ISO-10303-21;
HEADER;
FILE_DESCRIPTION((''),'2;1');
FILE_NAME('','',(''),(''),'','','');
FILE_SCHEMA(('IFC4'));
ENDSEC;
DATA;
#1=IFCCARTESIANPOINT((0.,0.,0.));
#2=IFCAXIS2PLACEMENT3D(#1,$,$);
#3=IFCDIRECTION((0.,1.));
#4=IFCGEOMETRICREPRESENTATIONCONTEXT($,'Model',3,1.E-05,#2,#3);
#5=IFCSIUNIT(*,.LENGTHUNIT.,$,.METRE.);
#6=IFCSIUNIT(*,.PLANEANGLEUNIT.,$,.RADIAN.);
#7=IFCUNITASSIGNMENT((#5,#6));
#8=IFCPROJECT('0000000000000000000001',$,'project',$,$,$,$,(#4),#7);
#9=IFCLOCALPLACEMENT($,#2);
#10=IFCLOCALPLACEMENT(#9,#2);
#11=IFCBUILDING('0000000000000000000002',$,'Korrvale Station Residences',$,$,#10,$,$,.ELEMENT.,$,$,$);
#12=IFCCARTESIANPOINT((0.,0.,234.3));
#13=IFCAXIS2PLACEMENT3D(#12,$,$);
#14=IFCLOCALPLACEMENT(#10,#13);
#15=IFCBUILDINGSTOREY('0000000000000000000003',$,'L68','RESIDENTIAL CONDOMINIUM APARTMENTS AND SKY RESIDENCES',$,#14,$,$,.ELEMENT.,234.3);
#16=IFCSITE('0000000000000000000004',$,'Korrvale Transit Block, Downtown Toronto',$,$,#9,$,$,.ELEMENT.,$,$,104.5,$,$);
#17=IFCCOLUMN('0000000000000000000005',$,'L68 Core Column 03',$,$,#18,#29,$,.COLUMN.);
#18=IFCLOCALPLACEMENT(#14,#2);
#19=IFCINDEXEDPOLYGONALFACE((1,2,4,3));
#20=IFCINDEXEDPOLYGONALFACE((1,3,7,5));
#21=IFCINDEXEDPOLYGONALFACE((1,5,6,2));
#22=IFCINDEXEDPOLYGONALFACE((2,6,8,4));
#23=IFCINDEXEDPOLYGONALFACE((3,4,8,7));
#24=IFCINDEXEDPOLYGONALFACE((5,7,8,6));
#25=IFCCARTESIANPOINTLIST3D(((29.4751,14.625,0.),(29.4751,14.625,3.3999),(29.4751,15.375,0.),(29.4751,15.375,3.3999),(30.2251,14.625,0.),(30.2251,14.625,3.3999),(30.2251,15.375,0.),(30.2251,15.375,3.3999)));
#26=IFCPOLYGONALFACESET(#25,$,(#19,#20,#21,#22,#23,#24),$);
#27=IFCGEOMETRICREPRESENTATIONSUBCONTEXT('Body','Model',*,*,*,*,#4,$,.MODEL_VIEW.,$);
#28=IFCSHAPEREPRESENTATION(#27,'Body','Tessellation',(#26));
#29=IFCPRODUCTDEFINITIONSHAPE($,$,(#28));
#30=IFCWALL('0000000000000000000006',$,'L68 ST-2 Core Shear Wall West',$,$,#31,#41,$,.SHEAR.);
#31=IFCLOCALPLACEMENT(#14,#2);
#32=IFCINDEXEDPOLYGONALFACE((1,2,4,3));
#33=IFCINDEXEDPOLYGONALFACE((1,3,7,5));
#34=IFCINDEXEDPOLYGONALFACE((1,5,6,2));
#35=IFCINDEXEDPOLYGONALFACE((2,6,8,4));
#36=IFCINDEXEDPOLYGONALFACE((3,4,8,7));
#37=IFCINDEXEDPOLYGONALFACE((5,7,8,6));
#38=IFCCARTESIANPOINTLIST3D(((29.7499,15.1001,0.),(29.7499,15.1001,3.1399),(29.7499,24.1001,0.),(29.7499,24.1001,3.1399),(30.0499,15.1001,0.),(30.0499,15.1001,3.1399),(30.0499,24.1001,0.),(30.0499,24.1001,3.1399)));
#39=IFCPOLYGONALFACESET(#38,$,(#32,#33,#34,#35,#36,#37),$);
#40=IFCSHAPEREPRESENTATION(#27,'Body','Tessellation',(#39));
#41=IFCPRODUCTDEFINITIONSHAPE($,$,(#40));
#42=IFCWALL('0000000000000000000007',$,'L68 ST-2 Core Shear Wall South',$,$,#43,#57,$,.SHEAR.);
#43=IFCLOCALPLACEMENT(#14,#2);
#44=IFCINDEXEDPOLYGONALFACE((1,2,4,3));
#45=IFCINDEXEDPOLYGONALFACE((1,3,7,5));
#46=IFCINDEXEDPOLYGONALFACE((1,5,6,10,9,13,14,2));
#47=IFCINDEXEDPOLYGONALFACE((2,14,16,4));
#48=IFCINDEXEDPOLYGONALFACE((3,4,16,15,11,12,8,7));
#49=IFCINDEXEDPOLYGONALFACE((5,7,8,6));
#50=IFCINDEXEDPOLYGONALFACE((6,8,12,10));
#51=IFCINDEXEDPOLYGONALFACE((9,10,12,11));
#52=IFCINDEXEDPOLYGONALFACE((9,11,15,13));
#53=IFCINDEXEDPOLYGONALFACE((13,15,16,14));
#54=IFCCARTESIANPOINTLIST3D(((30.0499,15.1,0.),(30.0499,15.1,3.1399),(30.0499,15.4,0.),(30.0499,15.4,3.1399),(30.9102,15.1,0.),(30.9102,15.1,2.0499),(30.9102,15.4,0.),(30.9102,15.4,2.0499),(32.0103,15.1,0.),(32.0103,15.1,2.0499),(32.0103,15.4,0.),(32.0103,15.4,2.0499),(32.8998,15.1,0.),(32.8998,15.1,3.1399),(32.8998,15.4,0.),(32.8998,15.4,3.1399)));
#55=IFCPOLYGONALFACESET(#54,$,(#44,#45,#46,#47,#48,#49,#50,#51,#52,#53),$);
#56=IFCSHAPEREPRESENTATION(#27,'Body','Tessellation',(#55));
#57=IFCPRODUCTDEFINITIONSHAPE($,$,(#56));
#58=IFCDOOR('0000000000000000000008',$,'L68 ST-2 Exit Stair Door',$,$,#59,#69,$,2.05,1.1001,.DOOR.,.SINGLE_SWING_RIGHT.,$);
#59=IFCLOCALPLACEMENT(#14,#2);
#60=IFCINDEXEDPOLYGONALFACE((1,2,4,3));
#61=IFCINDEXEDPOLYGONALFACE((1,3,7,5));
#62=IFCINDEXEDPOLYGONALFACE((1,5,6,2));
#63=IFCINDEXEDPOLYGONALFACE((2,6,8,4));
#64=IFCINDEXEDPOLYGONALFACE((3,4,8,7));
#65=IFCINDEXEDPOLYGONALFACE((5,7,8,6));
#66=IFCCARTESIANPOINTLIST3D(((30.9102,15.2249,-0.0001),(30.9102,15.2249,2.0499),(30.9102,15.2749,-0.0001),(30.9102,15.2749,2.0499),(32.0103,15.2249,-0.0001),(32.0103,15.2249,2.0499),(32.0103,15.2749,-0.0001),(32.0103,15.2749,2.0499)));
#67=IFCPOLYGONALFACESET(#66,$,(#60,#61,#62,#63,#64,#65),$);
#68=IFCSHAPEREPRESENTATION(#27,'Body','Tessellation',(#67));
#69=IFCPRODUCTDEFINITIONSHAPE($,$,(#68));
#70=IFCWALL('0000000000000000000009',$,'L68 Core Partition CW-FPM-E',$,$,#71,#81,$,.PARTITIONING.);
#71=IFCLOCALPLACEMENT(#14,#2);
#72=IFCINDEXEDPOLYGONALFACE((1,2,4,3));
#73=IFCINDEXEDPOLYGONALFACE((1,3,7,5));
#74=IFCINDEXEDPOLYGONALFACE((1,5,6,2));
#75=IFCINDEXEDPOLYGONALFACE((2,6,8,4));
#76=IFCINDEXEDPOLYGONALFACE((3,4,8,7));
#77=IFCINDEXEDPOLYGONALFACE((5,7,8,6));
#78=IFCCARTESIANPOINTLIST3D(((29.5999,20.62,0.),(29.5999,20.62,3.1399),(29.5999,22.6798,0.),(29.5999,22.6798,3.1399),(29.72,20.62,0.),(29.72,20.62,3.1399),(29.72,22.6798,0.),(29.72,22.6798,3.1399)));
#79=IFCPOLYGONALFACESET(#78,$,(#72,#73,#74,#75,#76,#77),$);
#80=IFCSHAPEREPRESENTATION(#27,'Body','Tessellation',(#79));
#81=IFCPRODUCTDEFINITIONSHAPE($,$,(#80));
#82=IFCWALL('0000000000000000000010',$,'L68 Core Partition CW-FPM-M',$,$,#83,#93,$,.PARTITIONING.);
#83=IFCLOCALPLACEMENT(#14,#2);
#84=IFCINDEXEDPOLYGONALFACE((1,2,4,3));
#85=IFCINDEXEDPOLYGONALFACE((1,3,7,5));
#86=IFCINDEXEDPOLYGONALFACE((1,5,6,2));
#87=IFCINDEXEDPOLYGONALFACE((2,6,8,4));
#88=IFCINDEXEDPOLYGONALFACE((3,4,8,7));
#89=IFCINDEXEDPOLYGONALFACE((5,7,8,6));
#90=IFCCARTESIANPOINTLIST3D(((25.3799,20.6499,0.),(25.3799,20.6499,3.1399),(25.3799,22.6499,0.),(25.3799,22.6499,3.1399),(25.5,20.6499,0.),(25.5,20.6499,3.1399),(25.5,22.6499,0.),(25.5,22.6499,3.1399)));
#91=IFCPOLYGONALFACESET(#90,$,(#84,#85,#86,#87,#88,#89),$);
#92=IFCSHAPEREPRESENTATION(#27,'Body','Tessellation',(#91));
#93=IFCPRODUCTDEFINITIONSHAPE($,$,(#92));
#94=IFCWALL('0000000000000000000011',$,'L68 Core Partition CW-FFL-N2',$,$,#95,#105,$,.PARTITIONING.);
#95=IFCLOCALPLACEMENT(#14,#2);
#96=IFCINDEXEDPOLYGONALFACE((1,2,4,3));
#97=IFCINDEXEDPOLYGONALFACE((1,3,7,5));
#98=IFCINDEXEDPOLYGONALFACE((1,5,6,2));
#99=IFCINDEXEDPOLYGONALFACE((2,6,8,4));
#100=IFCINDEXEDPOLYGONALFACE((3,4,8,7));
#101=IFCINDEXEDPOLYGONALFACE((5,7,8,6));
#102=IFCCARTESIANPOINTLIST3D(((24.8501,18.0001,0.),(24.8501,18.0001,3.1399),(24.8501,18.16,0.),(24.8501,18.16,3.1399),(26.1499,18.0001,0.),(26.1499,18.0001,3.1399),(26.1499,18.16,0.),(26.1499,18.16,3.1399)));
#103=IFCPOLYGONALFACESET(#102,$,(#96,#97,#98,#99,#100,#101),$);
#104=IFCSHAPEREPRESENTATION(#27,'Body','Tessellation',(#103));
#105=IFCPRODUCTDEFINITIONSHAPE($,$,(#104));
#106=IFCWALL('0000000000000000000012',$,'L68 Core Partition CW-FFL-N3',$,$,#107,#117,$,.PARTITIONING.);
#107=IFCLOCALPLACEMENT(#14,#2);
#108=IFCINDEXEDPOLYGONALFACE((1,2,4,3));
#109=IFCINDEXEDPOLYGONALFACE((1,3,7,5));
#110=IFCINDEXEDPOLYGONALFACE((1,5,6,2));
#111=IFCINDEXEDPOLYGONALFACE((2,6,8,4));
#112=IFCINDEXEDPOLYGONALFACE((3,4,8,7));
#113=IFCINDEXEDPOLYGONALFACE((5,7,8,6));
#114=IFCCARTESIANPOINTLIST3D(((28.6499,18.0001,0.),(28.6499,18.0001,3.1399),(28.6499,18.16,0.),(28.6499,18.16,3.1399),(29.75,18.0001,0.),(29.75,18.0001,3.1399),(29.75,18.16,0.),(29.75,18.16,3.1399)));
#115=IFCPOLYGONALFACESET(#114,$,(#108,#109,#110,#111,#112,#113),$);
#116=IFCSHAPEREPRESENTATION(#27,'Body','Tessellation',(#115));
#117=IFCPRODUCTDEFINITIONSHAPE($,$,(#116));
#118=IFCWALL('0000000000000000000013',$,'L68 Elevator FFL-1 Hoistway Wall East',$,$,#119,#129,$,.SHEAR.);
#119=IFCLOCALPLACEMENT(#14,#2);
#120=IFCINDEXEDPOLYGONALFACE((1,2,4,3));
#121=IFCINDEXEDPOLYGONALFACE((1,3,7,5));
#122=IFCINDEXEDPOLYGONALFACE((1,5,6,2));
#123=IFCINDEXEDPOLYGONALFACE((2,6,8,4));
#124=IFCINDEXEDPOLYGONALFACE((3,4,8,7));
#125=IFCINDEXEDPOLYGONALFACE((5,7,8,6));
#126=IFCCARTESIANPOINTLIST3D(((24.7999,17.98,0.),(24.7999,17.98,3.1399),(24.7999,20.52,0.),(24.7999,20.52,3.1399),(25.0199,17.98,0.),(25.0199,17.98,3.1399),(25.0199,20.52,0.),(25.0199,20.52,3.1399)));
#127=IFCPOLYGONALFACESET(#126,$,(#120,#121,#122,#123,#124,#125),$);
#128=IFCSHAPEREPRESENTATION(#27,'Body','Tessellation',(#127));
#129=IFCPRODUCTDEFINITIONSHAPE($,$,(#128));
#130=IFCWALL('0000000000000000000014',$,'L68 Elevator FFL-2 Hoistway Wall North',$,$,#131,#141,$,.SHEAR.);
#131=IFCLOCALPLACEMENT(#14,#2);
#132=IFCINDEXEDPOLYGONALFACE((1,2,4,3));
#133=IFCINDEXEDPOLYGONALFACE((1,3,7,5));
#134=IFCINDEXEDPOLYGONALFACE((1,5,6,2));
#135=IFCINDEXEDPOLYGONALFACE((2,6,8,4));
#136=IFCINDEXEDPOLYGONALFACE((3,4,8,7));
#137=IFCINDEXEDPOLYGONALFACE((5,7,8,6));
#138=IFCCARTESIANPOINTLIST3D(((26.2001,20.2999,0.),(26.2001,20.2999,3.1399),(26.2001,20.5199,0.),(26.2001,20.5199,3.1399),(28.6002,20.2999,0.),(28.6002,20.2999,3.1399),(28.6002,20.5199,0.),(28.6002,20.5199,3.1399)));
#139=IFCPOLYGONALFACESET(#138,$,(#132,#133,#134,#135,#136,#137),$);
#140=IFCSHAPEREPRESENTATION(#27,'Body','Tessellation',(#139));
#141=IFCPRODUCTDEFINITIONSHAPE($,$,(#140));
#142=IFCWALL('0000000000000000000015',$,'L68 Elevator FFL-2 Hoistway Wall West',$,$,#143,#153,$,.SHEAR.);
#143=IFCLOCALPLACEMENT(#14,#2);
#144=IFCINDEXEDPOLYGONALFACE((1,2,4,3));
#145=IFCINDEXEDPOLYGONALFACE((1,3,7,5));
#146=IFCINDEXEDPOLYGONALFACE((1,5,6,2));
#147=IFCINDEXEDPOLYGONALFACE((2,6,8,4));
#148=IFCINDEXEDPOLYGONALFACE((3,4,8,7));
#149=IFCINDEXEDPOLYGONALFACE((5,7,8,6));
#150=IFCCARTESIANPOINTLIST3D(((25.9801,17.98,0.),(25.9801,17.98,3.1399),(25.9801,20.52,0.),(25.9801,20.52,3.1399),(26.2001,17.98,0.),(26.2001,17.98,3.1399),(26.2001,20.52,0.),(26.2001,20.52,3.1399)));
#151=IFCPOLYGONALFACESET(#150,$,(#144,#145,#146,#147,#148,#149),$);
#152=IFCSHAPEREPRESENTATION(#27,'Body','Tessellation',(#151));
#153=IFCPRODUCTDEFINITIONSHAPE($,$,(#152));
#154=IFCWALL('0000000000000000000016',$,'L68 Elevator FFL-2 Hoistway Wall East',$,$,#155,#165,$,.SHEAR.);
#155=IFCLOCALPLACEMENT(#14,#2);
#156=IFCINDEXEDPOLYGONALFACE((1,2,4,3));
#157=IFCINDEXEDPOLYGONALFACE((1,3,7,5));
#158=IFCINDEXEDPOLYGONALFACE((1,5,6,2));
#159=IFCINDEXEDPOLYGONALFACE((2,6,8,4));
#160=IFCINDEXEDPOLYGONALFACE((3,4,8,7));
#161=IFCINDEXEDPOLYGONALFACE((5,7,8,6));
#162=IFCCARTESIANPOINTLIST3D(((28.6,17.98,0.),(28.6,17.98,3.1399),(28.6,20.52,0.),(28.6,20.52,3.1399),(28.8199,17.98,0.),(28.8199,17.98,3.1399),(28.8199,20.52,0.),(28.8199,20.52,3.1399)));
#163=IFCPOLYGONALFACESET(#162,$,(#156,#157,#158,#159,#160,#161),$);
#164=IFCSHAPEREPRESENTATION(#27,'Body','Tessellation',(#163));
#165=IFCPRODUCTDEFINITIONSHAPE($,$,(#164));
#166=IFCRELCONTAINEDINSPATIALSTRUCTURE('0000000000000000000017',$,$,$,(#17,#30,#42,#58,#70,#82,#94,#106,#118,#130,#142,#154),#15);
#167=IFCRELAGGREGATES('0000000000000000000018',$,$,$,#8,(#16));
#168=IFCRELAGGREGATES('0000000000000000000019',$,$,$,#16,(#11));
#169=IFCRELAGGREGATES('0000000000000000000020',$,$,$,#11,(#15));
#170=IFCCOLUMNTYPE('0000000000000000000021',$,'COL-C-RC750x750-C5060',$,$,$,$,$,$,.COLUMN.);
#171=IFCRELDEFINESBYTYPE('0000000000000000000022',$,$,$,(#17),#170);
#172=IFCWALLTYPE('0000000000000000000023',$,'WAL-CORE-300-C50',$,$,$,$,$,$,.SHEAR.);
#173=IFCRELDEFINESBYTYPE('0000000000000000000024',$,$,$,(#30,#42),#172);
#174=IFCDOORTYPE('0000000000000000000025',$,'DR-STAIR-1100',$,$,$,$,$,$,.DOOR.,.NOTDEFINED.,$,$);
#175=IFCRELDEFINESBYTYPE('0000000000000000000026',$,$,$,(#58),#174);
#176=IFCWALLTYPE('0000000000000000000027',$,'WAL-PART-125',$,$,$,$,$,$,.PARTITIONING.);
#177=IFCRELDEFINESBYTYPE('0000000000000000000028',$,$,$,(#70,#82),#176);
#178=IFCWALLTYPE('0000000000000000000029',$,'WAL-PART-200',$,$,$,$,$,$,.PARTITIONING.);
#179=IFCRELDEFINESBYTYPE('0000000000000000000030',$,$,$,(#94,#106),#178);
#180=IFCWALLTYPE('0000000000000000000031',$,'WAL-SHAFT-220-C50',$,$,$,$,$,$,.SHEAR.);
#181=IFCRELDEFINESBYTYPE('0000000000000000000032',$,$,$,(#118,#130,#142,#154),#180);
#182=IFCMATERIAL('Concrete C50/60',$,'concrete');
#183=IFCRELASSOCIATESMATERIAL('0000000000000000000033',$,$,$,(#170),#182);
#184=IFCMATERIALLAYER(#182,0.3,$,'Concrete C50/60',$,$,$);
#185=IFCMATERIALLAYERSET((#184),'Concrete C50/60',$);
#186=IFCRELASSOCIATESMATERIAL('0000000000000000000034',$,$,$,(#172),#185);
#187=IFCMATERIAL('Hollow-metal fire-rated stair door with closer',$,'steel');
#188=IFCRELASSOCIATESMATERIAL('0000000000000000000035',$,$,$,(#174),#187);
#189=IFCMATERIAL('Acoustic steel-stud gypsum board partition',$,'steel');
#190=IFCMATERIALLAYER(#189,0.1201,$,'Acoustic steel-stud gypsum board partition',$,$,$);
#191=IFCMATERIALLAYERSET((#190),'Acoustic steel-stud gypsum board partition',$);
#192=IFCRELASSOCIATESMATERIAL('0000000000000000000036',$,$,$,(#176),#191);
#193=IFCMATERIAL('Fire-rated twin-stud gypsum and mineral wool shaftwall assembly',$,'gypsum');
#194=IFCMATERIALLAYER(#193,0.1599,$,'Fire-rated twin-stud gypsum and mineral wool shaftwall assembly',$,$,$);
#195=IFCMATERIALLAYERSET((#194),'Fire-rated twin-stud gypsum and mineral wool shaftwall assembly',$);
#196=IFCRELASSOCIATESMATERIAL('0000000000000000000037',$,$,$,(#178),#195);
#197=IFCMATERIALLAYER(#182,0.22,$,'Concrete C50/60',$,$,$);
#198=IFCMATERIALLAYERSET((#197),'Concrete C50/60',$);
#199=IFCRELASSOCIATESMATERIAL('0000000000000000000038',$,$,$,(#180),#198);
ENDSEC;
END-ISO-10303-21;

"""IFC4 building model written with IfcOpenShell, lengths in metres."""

from ifc_helpers import new_model, si_unit, direction, frame, frame_2d, origin, origin_2d, place, context, subcontext, project, spatial, rectangle, extrude, material, layer, layer_set, material_profile, profile_set, type_object, element, fill, save


model = new_model("IFC4")

# Units and contexts
model_context = context("Model", 3, precision=1e-05, world=origin(), true_north=direction((0.0, 1.0)))
body_context = subcontext(model_context, "Body", "Model", "MODEL_VIEW")
ifc_project = project(units=[si_unit("LENGTHUNIT", "METRE"), si_unit("PLANEANGLEUNIT", "RADIAN")], contexts=[model_context])

# Site, building, storey
site_placement = place(None, origin())
site = spatial("IfcSite", under=ifc_project, at=site_placement, Name="Korrvale Transit Block, Downtown Toronto", CompositionType="ELEMENT", RefElevation=104.5)
building_placement = place(site_placement, origin())
building = spatial("IfcBuilding", under=site, at=building_placement, Name="Korrvale Station Residences", CompositionType="ELEMENT")
storey_placement = place(building_placement, frame((0.0, 0.0, 234.3)))
storey = spatial("IfcBuildingStorey", under=building, at=storey_placement, Name="L68", Description="RESIDENTIAL CONDOMINIUM APARTMENTS AND SKY RESIDENCES", CompositionType="ELEMENT", Elevation=234.3)

# Column
ifc_material_1 = material(Name="Concrete C50/60", Category="concrete")
ifc_material_profile = material_profile(ifc_material_1, rectangle(XDim=0.75, YDim=0.75, at=origin_2d()), Name="RC750x750")
ifc_profile_set = profile_set([ifc_material_profile], Name="Concrete C50/60")
column_type = type_object("IfcColumnType", Name="COL-C-RC750x750-C5060", PredefinedType="COLUMN", material=ifc_profile_set)
column_placement = place(storey_placement, frame((29.8501, 15.0, 0.0), z_axis=(0.0, 0.0, 1.0), x_axis=(1.0, 0.0, 0.0)))
element("IfcColumn", 1, at=column_placement, inside=storey, type_object=column_type, Name="L68 Core Column 03", PredefinedType="COLUMN", context=body_context, shape_type="SweptSolid", body=[
    extrude(rectangle(XDim=0.75, YDim=0.75, at=origin_2d()), origin(), (0.0, 0.0, 1.0), 3.3999),
])

# Wall
ifc_layer_1 = layer(ifc_material_1, 0.3, Name="Concrete C50/60")
ifc_layer_set_1 = layer_set([ifc_layer_1], Name="Concrete C50/60")
wall_type_1 = type_object("IfcWallType", Name="WAL-CORE-300-C50", PredefinedType="SHEAR", material=ifc_layer_set_1)
wall_1_placement = place(storey_placement, frame((29.8999, 15.1001, 0.0), z_axis=(0.0, 0.0, 1.0), x_axis=(0.0, 1.0, 0.0)))
element("IfcWall", 2, at=wall_1_placement, inside=storey, type_object=wall_type_1, Name="L68 ST-2 Core Shear Wall West", PredefinedType="SHEAR", context=body_context, shape_type="SweptSolid", body=[
    extrude(rectangle(XDim=9.0, YDim=0.3, at=frame_2d((4.5, 0.0))), origin(), (0.0, 0.0, 1.0), 3.1399),
])

# Wall, opening, door
wall_2_placement = place(storey_placement, frame((30.05, 15.25, 0.0), z_axis=(0.0, 0.0, 1.0), x_axis=(1.0, 0.0, 0.0)))
wall_2 = element("IfcWall", 3, at=wall_2_placement, inside=storey, type_object=wall_type_1, Name="L68 ST-2 Core Shear Wall South", PredefinedType="SHEAR", context=body_context, shape_type="SweptSolid", body=[
    extrude(rectangle(XDim=2.8499, YDim=0.3, at=frame_2d((1.4248, 0.0))), origin(), (0.0, 0.0, 1.0), 3.1399),
])
opening_1_placement = place(wall_2_placement, frame((0.8601, 0.0, 0.0)))
opening_1 = element("IfcOpeningElement", 4, at=opening_1_placement, cuts=wall_2, PredefinedType="OPENING", context=body_context, shape_type="SweptSolid", body=[
    extrude(rectangle(XDim=1.1001, YDim=2.05, at=frame_2d((0.55, 1.0249))), frame((0.0, 0.1602, 0.0), z_axis=(0.0, -1.0, 0.0), x_axis=(1.0, 0.0, 0.0)), (0.0, 0.0, 1.0), 0.3201),
])
ifc_material_2 = material(Name="Hollow-metal fire-rated stair door with closer", Category="steel")
door_type_1 = type_object("IfcDoorType", Name="DR-STAIR-1100", OperationType="NOTDEFINED", PredefinedType="DOOR", material=ifc_material_2)
door_1_placement = place(opening_1_placement, origin())
door_1 = element("IfcDoor", 5, at=door_1_placement, inside=storey, type_object=door_type_1, Name="L68 ST-2 Exit Stair Door", OperationType="SINGLE_SWING_RIGHT", OverallHeight=2.05, OverallWidth=1.1001, PredefinedType="DOOR", context=body_context, shape_type="SweptSolid", body=[
    extrude(rectangle(XDim=1.1001, YDim=2.05, at=frame_2d((0.55, 1.0249))), frame((0.0, 0.0249, 0.0), z_axis=(0.0, -1.0, 0.0), x_axis=(1.0, 0.0, 0.0)), (0.0, 0.0, 1.0), 0.05),
])
fill(opening_1, door_1)

# Walls
ifc_material_3 = material(Name="Acoustic steel-stud gypsum board partition", Category="steel")
ifc_layer_2 = layer(ifc_material_3, 0.1201, Name="Acoustic steel-stud gypsum board partition")
ifc_layer_set_2 = layer_set([ifc_layer_2], Name="Acoustic steel-stud gypsum board partition")
wall_type_2 = type_object("IfcWallType", Name="WAL-PART-125", PredefinedType="PARTITIONING", material=ifc_layer_set_2)
wall_3_placement = place(storey_placement, frame((29.6599, 20.6201, 0.0), z_axis=(0.0, 0.0, 1.0), x_axis=(0.0, 1.0, 0.0)))
element("IfcWall", 6, at=wall_3_placement, inside=storey, type_object=wall_type_2, Name="L68 Core Partition CW-FPM-E", PredefinedType="PARTITIONING", context=body_context, shape_type="SweptSolid", body=[
    extrude(rectangle(XDim=2.0598, YDim=0.1201, at=frame_2d((1.0298, 0.0))), origin(), (0.0, 0.0, 1.0), 3.1399),
])
wall_4_placement = place(storey_placement, frame((25.4399, 20.6499, 0.0), z_axis=(0.0, 0.0, 1.0), x_axis=(0.0, 1.0, 0.0)))
element("IfcWall", 7, at=wall_4_placement, inside=storey, type_object=wall_type_2, Name="L68 Core Partition CW-FPM-M", PredefinedType="PARTITIONING", context=body_context, shape_type="SweptSolid", body=[
    extrude(rectangle(XDim=2.0, YDim=0.1201, at=frame_2d((1.0, 0.0))), origin(), (0.0, 0.0, 1.0), 3.1399),
])
ifc_material_4 = material(Name="Fire-rated twin-stud gypsum and mineral wool shaftwall assembly", Category="gypsum")
ifc_layer_3 = layer(ifc_material_4, 0.1599, Name="Fire-rated twin-stud gypsum and mineral wool shaftwall assembly")
ifc_layer_set_3 = layer_set([ifc_layer_3], Name="Fire-rated twin-stud gypsum and mineral wool shaftwall assembly")
wall_type_3 = type_object("IfcWallType", Name="WAL-PART-200", PredefinedType="PARTITIONING", material=ifc_layer_set_3)
wall_5_placement = place(storey_placement, frame((24.8501, 18.0801, 0.0), z_axis=(0.0, 0.0, 1.0), x_axis=(1.0, 0.0, 0.0)))
element("IfcWall", 8, at=wall_5_placement, inside=storey, type_object=wall_type_3, Name="L68 Core Partition CW-FFL-N2", PredefinedType="PARTITIONING", context=body_context, shape_type="SweptSolid", body=[
    extrude(rectangle(XDim=1.2998, YDim=0.1599, at=frame_2d((0.6499, 0.0))), origin(), (0.0, 0.0, 1.0), 3.1399),
])
wall_6_placement = place(storey_placement, frame((28.6499, 18.0801, 0.0), z_axis=(0.0, 0.0, 1.0), x_axis=(1.0, 0.0, 0.0)))
element("IfcWall", 9, at=wall_6_placement, inside=storey, type_object=wall_type_3, Name="L68 Core Partition CW-FFL-N3", PredefinedType="PARTITIONING", context=body_context, shape_type="SweptSolid", body=[
    extrude(rectangle(XDim=1.1001, YDim=0.1599, at=frame_2d((0.55, 0.0))), origin(), (0.0, 0.0, 1.0), 3.1399),
])
ifc_layer_4 = layer(ifc_material_1, 0.22, Name="Concrete C50/60")
ifc_layer_set_4 = layer_set([ifc_layer_4], Name="Concrete C50/60")
wall_type_4 = type_object("IfcWallType", Name="WAL-SHAFT-220-C50", PredefinedType="SHEAR", material=ifc_layer_set_4)
wall_7_placement = place(storey_placement, frame((24.9099, 17.98, 0.0), z_axis=(0.0, 0.0, 1.0), x_axis=(0.0, 1.0, 0.0)))
element("IfcWall", 10, at=wall_7_placement, inside=storey, type_object=wall_type_4, Name="L68 Elevator FFL-1 Hoistway Wall East", PredefinedType="SHEAR", context=body_context, shape_type="SweptSolid", body=[
    extrude(rectangle(XDim=2.54, YDim=0.22, at=frame_2d((1.27, 0.0))), origin(), (0.0, 0.0, 1.0), 3.1399),
])

# Walls
wall_8_placement = place(storey_placement, frame((26.2, 20.4099, 0.0), z_axis=(0.0, 0.0, 1.0), x_axis=(1.0, 0.0, 0.0)))
element("IfcWall", 11, at=wall_8_placement, inside=storey, type_object=wall_type_4, Name="L68 Elevator FFL-2 Hoistway Wall North", PredefinedType="SHEAR", context=body_context, shape_type="SweptSolid", body=[
    extrude(rectangle(XDim=2.4001, YDim=0.22, at=frame_2d((1.2002, 0.0))), origin(), (0.0, 0.0, 1.0), 3.1399),
])
for number, where, z_axis, x_axis, name in (
    (12, (26.0901, 17.98, 0.0), (0.0, 0.0, 1.0), (0.0, 1.0, 0.0), "L68 Elevator FFL-2 Hoistway Wall West"),
    (13, (28.71, 17.98, 0.0), (0.0, 0.0, 1.0), (0.0, 1.0, 0.0), "L68 Elevator FFL-2 Hoistway Wall East"),
):
    element("IfcWall", number, at=place(storey_placement, frame(where, z_axis=z_axis, x_axis=x_axis)), inside=storey, type_object=wall_type_4, Name=name, PredefinedType="SHEAR", context=body_context, shape_type="SweptSolid", body=[
        extrude(rectangle(XDim=2.54, YDim=0.22, at=frame_2d((1.27, 0.0))), origin(), (0.0, 0.0, 1.0), 3.1399),
    ])

save(model, "model.ifc")
